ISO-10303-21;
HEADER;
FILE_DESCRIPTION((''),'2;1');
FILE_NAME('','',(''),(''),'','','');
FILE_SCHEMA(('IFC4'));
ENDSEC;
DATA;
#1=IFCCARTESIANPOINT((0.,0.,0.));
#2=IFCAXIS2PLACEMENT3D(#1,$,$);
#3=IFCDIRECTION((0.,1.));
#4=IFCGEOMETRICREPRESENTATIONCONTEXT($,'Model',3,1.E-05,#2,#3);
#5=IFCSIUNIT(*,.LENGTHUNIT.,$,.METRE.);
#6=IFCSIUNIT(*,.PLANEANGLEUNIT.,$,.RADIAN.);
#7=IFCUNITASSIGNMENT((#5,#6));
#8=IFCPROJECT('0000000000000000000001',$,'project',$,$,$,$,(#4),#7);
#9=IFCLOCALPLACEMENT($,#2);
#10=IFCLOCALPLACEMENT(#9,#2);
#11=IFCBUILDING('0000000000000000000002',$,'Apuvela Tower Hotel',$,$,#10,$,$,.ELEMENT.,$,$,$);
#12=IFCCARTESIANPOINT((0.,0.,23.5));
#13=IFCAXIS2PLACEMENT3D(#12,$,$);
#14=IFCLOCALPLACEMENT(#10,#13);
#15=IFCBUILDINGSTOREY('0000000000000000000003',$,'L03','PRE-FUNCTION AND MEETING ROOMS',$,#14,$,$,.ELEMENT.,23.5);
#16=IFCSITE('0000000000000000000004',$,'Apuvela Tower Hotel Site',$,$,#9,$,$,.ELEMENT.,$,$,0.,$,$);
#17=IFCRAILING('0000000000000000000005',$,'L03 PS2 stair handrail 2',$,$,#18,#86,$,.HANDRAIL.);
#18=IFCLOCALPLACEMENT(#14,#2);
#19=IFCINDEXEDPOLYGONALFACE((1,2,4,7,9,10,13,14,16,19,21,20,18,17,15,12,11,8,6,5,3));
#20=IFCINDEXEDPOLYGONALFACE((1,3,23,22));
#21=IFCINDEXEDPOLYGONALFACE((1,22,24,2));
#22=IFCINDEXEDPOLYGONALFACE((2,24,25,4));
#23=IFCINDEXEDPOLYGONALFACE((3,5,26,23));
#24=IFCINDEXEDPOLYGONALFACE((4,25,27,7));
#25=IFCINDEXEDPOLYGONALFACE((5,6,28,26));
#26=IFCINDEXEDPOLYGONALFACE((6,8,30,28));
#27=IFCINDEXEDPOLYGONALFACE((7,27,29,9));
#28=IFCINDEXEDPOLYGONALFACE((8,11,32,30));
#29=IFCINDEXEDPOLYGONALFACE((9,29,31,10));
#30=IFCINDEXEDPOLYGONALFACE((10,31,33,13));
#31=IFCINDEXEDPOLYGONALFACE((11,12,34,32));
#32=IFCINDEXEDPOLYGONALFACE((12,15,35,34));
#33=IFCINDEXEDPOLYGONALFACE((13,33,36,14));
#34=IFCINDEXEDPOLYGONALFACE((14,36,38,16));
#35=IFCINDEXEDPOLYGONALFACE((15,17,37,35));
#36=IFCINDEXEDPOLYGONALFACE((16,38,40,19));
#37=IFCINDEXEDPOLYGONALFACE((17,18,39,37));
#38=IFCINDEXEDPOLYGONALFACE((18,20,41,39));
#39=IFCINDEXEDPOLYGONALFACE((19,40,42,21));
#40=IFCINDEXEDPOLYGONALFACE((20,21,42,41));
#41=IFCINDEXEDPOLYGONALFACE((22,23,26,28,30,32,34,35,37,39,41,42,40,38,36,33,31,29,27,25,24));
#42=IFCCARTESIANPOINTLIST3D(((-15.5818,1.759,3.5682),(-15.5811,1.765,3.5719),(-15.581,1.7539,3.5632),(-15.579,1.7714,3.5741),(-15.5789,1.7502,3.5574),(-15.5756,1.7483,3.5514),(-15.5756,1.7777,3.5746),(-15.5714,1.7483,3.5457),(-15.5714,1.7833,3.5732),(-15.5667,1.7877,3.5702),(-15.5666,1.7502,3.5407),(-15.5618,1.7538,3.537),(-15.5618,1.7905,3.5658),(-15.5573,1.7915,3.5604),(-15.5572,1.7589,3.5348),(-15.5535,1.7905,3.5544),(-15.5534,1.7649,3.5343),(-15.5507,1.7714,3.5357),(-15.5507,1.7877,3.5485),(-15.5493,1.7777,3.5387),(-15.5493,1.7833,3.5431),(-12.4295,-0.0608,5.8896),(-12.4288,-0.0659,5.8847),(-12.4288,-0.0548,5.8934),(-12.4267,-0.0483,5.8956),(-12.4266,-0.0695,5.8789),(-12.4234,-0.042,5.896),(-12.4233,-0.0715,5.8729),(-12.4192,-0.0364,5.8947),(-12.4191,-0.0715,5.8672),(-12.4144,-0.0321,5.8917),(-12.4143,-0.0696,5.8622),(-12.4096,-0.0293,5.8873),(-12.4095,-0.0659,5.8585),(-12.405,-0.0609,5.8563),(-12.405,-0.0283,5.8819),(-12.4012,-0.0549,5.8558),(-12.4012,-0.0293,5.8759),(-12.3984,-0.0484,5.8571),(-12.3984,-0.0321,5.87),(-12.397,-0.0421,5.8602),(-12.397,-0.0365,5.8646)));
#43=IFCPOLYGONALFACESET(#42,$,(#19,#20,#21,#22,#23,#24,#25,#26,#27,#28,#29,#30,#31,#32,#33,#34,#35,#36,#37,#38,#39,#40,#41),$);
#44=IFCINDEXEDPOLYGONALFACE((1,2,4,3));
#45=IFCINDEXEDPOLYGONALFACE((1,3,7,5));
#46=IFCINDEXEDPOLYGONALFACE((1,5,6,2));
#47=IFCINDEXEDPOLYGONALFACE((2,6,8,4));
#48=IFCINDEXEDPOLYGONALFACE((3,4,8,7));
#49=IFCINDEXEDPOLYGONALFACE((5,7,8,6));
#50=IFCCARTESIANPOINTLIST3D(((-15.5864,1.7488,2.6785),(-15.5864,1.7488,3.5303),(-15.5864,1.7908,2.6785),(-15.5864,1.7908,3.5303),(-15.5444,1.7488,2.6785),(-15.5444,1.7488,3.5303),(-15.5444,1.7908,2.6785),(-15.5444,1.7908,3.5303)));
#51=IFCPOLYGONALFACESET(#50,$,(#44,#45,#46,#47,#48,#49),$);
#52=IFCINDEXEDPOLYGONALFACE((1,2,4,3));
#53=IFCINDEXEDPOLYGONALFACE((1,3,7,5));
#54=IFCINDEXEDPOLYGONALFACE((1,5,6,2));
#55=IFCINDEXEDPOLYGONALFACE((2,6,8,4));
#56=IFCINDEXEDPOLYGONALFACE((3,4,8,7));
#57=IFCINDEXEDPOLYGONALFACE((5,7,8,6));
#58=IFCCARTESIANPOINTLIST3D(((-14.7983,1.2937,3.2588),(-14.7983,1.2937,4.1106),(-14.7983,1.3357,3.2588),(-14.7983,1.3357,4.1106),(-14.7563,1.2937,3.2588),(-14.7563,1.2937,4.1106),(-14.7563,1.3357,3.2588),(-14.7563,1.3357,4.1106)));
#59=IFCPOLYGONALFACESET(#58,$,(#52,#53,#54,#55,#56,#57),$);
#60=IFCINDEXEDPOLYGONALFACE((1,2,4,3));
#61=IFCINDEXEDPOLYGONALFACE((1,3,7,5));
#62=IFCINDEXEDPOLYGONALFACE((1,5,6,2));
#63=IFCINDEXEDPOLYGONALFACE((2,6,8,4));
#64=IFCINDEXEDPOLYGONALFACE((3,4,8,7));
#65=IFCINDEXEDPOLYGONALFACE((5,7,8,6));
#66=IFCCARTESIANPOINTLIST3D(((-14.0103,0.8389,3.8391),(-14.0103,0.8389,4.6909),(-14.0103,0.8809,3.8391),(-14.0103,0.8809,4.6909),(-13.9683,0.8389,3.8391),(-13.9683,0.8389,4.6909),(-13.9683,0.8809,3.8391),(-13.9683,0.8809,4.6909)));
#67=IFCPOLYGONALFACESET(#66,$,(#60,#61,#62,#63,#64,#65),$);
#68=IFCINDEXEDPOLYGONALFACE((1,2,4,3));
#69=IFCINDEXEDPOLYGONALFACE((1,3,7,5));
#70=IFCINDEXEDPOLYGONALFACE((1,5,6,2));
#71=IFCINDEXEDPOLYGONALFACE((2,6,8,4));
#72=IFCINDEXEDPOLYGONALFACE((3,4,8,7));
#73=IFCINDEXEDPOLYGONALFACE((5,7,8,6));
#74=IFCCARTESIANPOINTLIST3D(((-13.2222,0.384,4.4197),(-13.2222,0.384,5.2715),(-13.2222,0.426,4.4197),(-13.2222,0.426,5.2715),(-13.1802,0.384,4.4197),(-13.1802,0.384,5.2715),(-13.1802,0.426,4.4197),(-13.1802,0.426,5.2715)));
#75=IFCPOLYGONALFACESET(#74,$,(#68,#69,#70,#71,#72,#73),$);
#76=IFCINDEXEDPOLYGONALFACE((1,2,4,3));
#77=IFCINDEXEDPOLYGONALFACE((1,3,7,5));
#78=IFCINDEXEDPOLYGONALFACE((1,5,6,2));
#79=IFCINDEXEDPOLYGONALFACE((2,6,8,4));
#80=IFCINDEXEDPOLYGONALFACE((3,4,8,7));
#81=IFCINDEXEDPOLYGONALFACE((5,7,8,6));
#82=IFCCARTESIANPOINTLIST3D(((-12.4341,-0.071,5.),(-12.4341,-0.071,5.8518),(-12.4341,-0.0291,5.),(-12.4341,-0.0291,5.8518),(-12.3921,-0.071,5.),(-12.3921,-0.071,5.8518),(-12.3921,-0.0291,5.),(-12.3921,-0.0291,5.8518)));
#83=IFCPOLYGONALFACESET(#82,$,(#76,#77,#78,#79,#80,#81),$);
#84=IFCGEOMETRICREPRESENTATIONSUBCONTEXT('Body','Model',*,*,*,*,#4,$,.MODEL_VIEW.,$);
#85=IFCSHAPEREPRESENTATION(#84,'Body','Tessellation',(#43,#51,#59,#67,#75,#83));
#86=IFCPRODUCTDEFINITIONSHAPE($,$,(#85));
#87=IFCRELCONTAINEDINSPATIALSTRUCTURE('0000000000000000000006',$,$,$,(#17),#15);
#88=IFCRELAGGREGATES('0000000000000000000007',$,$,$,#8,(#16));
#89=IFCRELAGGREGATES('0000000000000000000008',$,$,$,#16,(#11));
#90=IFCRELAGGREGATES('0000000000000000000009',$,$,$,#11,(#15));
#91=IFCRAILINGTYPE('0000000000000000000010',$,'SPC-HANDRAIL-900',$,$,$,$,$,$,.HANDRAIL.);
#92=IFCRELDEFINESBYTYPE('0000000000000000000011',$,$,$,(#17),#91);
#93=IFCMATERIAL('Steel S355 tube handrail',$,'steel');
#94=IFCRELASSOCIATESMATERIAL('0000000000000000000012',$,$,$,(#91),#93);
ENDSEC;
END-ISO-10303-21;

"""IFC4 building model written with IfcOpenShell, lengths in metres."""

from ifc_helpers import new_model, si_unit, direction, frame, origin, origin_2d, place, context, subcontext, project, spatial, rectangle, circle, extrude, material, type_object, element, save


model = new_model("IFC4")

# Units and contexts
model_context = context("Model", 3, precision=1e-05, world=origin(), true_north=direction((0.0, 1.0)))
body_context = subcontext(model_context, "Body", "Model", "MODEL_VIEW")
ifc_project = project(units=[si_unit("LENGTHUNIT", "METRE"), si_unit("PLANEANGLEUNIT", "RADIAN")], contexts=[model_context])

# Site, building, storey
site_placement = place(None, origin())
site = spatial("IfcSite", under=ifc_project, at=site_placement, Name="Apuvela Tower Hotel Site", CompositionType="ELEMENT", RefElevation=0.0)
building_placement = place(site_placement, origin())
building = spatial("IfcBuilding", under=site, at=building_placement, Name="Apuvela Tower Hotel", CompositionType="ELEMENT")
storey_placement = place(building_placement, frame((0.0, 0.0, 23.5)))
storey = spatial("IfcBuildingStorey", under=building, at=storey_placement, Name="L03", Description="PRE-FUNCTION AND MEETING ROOMS", CompositionType="ELEMENT", Elevation=23.5)

# Railing
ifc_material_1 = material(Name="Steel S355 tube handrail", Category="steel")
railing_type_1 = type_object("IfcRailingType", Name="SPC-HANDRAIL-900", PredefinedType="HANDRAIL", material=ifc_material_1)
railing_1_placement = place(storey_placement, frame((-15.5654, 1.7698, 2.6785)))
element("IfcRailing", 1, at=railing_1_placement, inside=storey, type_object=railing_type_1, Name="L03 PS2 stair handrail 2", PredefinedType="HANDRAIL", context=body_context, shape_type="SweptSolid", body=[
    extrude(circle(Radius=0.0239, at=origin_2d()), frame((0.0, 0.0, 0.876), z_axis=(0.730176, -0.421525, 0.537736), x_axis=(0.499962, 0.866047, 0.0)), (0.0, 0.0, 1.0), 4.3171),
    extrude(rectangle(XDim=0.042, YDim=0.042, at=origin_2d()), origin(), (0.0, 0.0, 1.0), 0.8518),
    extrude(rectangle(XDim=0.042, YDim=0.042, at=origin_2d()), frame((0.7881, -0.4551, 0.5803)), (0.0, 0.0, 1.0), 0.8518),
    extrude(rectangle(XDim=0.042, YDim=0.042, at=origin_2d()), frame((1.5762, -0.9099, 1.1606)), (0.0, 0.0, 1.0), 0.8518),
    extrude(rectangle(XDim=0.042, YDim=0.042, at=origin_2d()), frame((2.3643, -1.3647, 1.7412)), (0.0, 0.0, 1.0), 0.8518),
    extrude(rectangle(XDim=0.042, YDim=0.042, at=origin_2d()), frame((3.1523, -1.8198, 2.3215)), (0.0, 0.0, 1.0), 0.8518),
])

save(model, "model.ifc")
